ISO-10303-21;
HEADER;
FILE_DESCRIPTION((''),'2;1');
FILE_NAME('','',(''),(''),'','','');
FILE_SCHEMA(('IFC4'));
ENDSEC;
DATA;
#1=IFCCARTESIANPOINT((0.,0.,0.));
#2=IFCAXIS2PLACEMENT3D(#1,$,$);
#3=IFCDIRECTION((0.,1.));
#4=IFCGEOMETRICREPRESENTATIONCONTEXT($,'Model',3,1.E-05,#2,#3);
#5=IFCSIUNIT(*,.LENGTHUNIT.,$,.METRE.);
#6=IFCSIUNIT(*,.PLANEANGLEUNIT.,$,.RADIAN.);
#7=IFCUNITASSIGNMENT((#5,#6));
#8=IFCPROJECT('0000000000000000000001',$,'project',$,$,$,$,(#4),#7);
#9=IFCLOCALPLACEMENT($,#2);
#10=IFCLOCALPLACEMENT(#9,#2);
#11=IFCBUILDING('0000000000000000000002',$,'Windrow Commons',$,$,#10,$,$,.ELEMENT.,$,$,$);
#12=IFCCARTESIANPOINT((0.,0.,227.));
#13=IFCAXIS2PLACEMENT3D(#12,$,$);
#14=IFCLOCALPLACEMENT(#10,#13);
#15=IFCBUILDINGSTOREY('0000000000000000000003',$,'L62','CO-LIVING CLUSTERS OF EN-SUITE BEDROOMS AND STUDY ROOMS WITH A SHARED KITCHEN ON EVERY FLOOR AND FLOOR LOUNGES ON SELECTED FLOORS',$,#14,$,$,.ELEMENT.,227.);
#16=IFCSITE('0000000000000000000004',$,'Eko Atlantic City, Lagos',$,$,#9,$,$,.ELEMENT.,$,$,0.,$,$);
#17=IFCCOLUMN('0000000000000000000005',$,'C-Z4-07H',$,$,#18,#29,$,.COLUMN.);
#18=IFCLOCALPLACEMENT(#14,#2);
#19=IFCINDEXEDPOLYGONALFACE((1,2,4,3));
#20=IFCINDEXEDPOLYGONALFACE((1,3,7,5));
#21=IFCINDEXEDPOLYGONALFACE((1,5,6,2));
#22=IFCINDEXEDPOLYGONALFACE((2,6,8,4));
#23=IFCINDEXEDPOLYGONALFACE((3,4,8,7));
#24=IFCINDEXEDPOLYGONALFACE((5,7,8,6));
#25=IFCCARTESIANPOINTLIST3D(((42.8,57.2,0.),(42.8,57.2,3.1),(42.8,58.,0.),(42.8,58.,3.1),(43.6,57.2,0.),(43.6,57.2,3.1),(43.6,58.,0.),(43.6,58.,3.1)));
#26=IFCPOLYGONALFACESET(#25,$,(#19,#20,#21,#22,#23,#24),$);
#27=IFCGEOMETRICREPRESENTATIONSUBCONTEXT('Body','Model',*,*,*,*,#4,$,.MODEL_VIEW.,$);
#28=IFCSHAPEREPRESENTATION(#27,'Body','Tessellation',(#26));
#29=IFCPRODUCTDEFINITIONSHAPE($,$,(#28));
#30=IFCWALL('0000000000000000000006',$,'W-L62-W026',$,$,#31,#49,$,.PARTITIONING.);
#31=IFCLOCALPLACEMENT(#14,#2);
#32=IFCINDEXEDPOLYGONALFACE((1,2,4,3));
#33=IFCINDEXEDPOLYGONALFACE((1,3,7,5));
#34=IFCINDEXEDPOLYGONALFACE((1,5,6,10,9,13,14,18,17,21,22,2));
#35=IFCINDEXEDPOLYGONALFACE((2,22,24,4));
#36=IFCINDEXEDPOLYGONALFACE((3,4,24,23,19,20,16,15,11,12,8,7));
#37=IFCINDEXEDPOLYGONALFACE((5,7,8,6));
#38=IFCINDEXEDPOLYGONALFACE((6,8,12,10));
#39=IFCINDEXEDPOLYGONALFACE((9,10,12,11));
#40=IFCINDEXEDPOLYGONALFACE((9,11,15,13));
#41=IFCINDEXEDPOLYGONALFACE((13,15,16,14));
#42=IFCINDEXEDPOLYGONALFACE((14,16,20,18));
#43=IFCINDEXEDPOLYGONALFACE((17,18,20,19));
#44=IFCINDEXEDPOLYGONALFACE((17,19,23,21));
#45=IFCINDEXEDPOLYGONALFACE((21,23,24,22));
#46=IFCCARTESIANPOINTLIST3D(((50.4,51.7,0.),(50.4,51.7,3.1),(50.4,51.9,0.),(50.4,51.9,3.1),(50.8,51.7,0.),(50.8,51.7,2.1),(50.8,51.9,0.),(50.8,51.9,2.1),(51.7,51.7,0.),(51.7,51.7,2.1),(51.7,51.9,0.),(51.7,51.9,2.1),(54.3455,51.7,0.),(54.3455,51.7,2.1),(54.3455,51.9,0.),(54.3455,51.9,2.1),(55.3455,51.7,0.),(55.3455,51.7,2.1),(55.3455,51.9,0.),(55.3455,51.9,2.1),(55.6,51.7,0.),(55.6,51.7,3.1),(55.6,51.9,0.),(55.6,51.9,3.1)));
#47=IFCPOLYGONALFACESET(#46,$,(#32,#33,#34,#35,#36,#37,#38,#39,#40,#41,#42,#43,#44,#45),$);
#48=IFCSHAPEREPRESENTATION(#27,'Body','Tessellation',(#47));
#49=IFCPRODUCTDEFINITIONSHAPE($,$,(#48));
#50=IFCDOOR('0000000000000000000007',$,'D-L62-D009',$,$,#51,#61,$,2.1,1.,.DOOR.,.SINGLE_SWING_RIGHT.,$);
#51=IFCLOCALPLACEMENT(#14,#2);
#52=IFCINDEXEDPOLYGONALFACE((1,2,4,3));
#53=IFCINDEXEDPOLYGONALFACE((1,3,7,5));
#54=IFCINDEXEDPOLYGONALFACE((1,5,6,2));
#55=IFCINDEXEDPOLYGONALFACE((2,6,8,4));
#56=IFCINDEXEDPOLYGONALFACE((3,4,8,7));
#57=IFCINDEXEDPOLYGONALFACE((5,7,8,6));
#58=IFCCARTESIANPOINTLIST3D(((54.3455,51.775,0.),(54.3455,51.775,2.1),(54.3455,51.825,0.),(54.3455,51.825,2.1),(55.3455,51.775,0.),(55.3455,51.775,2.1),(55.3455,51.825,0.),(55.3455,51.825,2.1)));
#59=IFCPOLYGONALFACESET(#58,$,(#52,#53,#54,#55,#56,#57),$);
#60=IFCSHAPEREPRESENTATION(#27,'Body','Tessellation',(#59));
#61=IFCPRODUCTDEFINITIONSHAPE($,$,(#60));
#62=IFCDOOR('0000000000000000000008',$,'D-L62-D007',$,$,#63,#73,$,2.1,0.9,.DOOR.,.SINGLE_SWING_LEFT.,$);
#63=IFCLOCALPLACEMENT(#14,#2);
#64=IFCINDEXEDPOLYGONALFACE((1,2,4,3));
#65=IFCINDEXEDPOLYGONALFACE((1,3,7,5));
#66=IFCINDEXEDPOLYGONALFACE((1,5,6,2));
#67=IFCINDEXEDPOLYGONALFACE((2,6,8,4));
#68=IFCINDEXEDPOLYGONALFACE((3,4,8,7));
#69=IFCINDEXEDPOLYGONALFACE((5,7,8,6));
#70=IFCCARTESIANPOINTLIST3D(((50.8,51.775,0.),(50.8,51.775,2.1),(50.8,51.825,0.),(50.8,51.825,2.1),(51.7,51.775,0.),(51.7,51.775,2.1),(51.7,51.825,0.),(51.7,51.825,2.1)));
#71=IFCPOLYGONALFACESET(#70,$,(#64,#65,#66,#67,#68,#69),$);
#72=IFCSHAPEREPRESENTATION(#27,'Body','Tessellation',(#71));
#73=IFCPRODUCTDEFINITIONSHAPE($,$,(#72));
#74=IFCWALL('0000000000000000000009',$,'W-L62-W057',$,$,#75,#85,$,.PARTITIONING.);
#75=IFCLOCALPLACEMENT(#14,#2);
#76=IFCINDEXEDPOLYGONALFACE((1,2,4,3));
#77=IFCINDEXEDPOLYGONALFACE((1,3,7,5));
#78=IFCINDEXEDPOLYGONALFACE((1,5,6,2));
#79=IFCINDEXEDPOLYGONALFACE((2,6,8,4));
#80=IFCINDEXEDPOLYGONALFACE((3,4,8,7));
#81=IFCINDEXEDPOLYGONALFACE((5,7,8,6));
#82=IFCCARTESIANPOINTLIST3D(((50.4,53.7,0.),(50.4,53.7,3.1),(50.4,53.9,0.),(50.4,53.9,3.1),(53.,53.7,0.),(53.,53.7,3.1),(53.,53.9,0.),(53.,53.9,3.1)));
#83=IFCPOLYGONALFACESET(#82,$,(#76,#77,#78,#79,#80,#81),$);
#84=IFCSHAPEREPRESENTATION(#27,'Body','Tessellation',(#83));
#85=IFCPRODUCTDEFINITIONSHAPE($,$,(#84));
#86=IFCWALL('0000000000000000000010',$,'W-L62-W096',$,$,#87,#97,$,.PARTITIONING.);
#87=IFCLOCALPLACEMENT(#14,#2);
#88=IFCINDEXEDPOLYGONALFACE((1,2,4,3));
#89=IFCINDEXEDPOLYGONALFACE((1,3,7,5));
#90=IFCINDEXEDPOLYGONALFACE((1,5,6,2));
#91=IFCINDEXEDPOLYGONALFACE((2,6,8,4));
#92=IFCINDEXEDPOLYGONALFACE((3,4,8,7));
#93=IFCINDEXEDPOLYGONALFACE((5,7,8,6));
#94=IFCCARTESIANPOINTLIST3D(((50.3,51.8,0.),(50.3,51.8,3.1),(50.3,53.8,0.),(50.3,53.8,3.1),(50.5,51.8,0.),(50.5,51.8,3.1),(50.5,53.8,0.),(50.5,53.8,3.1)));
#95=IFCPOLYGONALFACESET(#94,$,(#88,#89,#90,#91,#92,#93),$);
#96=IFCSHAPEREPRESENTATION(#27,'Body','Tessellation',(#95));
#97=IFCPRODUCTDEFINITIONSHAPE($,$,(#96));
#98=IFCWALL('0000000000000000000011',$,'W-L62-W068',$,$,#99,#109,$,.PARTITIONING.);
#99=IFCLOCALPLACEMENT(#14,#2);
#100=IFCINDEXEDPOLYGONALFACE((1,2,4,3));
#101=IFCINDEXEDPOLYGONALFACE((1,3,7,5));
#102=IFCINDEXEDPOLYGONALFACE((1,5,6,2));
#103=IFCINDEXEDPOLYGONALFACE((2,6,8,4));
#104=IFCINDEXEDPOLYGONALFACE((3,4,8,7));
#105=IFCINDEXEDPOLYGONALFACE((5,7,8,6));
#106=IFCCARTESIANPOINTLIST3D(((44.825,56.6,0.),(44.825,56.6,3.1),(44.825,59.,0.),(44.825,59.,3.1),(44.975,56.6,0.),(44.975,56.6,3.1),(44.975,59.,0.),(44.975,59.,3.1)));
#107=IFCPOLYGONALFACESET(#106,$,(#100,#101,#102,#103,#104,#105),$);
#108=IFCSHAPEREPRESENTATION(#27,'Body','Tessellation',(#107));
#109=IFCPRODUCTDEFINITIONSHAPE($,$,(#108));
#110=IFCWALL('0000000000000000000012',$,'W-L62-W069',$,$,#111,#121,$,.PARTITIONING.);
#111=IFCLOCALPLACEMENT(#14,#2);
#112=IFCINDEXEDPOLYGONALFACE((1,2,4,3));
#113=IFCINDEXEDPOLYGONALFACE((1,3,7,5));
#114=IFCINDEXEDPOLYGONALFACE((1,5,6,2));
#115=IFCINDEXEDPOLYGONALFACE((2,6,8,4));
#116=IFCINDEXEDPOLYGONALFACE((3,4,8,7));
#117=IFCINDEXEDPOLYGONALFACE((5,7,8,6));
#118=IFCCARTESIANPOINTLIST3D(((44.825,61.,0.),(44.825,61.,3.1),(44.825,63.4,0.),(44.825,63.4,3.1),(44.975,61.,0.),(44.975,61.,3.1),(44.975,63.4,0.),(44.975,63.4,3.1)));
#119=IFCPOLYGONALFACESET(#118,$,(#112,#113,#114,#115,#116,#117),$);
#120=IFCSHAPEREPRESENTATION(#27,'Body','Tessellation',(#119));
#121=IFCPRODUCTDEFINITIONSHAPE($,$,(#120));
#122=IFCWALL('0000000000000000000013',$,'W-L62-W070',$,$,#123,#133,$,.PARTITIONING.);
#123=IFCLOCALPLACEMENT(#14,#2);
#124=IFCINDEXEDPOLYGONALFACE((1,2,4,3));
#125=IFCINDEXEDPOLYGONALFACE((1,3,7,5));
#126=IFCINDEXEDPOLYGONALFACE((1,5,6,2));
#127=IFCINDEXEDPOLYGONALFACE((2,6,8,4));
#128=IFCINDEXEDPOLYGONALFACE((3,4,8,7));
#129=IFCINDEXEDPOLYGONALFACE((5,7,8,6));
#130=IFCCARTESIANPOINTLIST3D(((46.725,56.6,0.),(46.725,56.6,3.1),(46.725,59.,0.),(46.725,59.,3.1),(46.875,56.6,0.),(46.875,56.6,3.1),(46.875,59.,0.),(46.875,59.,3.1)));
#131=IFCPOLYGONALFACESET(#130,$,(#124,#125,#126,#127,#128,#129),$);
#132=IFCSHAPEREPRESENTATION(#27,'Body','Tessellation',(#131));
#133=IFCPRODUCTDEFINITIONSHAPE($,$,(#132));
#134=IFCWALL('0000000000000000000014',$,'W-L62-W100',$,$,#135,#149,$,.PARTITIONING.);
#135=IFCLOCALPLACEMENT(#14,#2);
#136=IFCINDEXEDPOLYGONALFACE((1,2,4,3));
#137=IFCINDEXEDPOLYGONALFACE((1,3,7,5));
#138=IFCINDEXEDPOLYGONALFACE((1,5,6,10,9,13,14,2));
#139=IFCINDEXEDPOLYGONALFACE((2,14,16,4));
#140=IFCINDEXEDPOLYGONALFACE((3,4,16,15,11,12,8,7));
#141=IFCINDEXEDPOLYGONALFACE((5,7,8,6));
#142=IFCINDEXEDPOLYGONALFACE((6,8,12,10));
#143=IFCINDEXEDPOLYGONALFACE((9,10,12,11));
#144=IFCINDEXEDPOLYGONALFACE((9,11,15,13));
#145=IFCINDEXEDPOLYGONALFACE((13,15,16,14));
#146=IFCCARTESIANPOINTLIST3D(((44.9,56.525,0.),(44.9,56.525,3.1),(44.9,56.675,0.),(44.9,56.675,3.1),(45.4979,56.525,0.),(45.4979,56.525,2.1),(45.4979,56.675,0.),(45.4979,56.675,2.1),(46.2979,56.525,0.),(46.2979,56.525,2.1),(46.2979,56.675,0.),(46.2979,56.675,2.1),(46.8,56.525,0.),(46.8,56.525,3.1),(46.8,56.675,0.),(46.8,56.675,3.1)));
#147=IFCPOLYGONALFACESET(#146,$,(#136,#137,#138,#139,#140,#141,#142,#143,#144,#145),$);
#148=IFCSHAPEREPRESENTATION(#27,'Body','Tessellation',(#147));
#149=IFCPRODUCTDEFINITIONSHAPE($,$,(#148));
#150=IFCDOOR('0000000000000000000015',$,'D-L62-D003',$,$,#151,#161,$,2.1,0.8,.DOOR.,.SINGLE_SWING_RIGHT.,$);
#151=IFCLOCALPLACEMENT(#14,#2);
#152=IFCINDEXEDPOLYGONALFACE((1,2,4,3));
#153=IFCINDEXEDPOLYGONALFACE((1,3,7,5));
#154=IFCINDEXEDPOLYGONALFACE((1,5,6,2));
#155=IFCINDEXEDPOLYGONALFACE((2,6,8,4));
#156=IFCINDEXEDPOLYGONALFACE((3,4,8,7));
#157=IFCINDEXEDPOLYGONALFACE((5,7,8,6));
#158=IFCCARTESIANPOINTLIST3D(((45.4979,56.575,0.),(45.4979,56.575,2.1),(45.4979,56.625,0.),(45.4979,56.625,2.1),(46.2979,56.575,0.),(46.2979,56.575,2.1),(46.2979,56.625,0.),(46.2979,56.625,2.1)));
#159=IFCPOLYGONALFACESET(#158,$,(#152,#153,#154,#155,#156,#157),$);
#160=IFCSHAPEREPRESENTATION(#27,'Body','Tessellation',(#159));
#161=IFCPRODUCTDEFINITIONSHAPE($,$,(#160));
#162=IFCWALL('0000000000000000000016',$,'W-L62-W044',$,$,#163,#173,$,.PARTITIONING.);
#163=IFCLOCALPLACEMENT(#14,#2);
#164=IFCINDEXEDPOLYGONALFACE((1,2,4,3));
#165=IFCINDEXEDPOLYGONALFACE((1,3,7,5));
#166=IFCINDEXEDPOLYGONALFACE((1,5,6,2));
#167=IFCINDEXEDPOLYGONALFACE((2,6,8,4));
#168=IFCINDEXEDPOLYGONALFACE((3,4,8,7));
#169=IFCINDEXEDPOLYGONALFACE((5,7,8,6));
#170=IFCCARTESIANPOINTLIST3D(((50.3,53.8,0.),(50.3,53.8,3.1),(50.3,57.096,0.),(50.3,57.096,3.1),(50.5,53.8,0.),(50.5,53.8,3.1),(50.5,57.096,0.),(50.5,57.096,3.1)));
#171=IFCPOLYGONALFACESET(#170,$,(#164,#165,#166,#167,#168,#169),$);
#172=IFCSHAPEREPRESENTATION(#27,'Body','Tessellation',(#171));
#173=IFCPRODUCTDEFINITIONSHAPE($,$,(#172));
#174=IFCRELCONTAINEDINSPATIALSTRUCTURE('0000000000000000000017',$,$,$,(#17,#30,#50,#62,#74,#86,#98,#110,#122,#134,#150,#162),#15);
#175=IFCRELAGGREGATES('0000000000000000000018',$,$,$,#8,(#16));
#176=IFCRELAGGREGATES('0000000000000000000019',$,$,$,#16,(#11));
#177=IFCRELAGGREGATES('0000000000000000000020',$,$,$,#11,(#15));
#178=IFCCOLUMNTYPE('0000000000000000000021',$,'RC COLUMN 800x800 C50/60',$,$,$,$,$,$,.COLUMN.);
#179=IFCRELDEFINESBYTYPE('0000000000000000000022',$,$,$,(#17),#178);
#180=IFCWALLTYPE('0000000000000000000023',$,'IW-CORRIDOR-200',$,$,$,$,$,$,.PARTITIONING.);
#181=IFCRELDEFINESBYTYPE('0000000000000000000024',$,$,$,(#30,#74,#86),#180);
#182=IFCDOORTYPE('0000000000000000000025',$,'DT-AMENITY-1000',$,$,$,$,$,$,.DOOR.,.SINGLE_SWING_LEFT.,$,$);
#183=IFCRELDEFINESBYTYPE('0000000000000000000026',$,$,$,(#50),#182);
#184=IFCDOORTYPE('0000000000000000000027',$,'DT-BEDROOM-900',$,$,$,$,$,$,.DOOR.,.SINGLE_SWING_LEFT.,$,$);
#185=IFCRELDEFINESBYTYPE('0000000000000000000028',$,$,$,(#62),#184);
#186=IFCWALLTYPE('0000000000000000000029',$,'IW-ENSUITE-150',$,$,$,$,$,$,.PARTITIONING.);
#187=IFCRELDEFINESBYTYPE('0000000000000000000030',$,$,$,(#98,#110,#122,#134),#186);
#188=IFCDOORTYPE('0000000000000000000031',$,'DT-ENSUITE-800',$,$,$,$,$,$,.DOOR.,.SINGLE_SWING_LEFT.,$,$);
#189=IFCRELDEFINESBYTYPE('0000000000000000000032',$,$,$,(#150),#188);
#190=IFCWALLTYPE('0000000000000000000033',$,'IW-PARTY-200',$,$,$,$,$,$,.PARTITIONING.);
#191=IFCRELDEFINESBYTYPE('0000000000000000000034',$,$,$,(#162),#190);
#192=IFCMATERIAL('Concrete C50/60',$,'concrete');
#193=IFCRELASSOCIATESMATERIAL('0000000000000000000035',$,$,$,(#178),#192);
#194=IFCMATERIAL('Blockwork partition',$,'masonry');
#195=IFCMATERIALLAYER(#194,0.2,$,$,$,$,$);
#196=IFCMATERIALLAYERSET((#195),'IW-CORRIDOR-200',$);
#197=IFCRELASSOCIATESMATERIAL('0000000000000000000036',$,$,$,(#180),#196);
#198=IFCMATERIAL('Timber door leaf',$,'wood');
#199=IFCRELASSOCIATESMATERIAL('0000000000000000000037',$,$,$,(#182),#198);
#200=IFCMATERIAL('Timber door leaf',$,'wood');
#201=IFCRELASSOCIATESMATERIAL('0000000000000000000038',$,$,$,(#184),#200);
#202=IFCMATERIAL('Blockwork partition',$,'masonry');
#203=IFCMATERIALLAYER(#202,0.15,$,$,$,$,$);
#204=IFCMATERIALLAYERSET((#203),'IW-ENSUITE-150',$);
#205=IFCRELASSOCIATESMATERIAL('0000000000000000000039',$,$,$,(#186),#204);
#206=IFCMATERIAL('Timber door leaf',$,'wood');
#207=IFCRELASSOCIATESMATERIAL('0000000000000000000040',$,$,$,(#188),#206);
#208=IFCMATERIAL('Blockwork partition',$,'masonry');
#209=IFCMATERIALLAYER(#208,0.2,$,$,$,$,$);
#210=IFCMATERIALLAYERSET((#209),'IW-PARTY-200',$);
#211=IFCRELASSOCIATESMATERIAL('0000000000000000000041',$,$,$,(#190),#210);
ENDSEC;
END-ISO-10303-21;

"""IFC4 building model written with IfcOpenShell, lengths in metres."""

from ifc_helpers import new_model, si_unit, direction, frame, frame_2d, origin, origin_2d, place, context, subcontext, project, spatial, rectangle, extrude, material, layer, layer_set, material_profile, profile_set, type_object, element, fill, save


model = new_model("IFC4")

# Units and contexts
model_context = context("Model", 3, precision=1e-05, world=origin(), true_north=direction((0.0, 1.0)))
body_context = subcontext(model_context, "Body", "Model", "MODEL_VIEW")
ifc_project = project(units=[si_unit("LENGTHUNIT", "METRE"), si_unit("PLANEANGLEUNIT", "RADIAN")], contexts=[model_context])

# Site, building, storey
site_placement = place(None, origin())
site = spatial("IfcSite", under=ifc_project, at=site_placement, Name="Eko Atlantic City, Lagos", CompositionType="ELEMENT", RefElevation=0.0)
building_placement = place(site_placement, origin())
building = spatial("IfcBuilding", under=site, at=building_placement, Name="Windrow Commons", CompositionType="ELEMENT")
storey_placement = place(building_placement, frame((0.0, 0.0, 227.0)))
storey = spatial("IfcBuildingStorey", under=building, at=storey_placement, Name="L62", Description="CO-LIVING CLUSTERS OF EN-SUITE BEDROOMS AND STUDY ROOMS WITH A SHARED KITCHEN ON EVERY FLOOR AND FLOOR LOUNGES ON SELECTED FLOORS", CompositionType="ELEMENT", Elevation=227.0)

# Column
ifc_material_1 = material(Name="Concrete C50/60", Category="concrete")
ifc_material_profile = material_profile(ifc_material_1, rectangle(XDim=0.8, YDim=0.8, at=origin_2d()))
ifc_profile_set = profile_set([ifc_material_profile], Name="Concrete C50/60")
column_type = type_object("IfcColumnType", Name="RC COLUMN 800x800 C50/60", PredefinedType="COLUMN", material=ifc_profile_set)
column_placement = place(storey_placement, frame((43.2, 57.6, 0.0), z_axis=(0.0, 0.0, 1.0), x_axis=(1.0, 0.0, 0.0)))
element("IfcColumn", 1, at=column_placement, inside=storey, type_object=column_type, Name="C-Z4-07H", PredefinedType="COLUMN", context=body_context, shape_type="SweptSolid", body=[
    extrude(rectangle(XDim=0.8, YDim=0.8, at=origin_2d()), origin(), (0.0, 0.0, 1.0), 3.1),
])

# Wall, openings, doors
ifc_material_2 = material(Name="Blockwork partition", Category="masonry")
ifc_layer_1 = layer(ifc_material_2, 0.2)
ifc_layer_set_1 = layer_set([ifc_layer_1], Name="IW-CORRIDOR-200")
wall_type_1 = type_object("IfcWallType", Name="IW-CORRIDOR-200", PredefinedType="PARTITIONING", material=ifc_layer_set_1)
wall_1_placement = place(storey_placement, frame((50.4, 51.8, 0.0), z_axis=(0.0, 0.0, 1.0), x_axis=(1.0, 0.0, 0.0)))
wall_1 = element("IfcWall", 2, at=wall_1_placement, inside=storey, type_object=wall_type_1, Name="W-L62-W026", PredefinedType="PARTITIONING", context=body_context, shape_type="SweptSolid", body=[
    extrude(rectangle(XDim=5.2, YDim=0.2, at=frame_2d((2.6, 0.0))), origin(), (0.0, 0.0, 1.0), 3.1),
])
opening_1_placement = place(wall_1_placement, frame((0.4, 0.0, 0.0)))
opening_1 = element("IfcOpeningElement", 3, at=opening_1_placement, cuts=wall_1, PredefinedType="OPENING", context=body_context, shape_type="SweptSolid", body=[
    extrude(rectangle(XDim=0.9, YDim=2.1, at=frame_2d((0.45, 1.05))), frame((0.0, 0.11, 0.0), z_axis=(0.0, -1.0, 0.0), x_axis=(1.0, 0.0, 0.0)), (0.0, 0.0, 1.0), 0.22),
])
opening_2_placement = place(wall_1_placement, frame((3.9455, 0.0, 0.0)))
opening_2 = element("IfcOpeningElement", 4, at=opening_2_placement, cuts=wall_1, PredefinedType="OPENING", context=body_context, shape_type="SweptSolid", body=[
    extrude(rectangle(XDim=1.0, YDim=2.1, at=frame_2d((0.5, 1.05))), frame((0.0, 0.11, 0.0), z_axis=(0.0, -1.0, 0.0), x_axis=(1.0, 0.0, 0.0)), (0.0, 0.0, 1.0), 0.22),
])
ifc_material_3 = material(Name="Timber door leaf", Category="wood")
door_type_1 = type_object("IfcDoorType", Name="DT-AMENITY-1000", OperationType="SINGLE_SWING_LEFT", PredefinedType="DOOR", material=ifc_material_3)
door_1_placement = place(opening_2_placement, origin())
door_1 = element("IfcDoor", 5, at=door_1_placement, inside=storey, type_object=door_type_1, Name="D-L62-D009", OperationType="SINGLE_SWING_RIGHT", OverallHeight=2.1, OverallWidth=1.0, PredefinedType="DOOR", context=body_context, shape_type="SweptSolid", body=[
    extrude(rectangle(XDim=1.0, YDim=2.1, at=frame_2d((0.5, 1.05))), frame((0.0, 0.025, 0.0), z_axis=(0.0, -1.0, 0.0), x_axis=(1.0, 0.0, 0.0)), (0.0, 0.0, 1.0), 0.05),
])
fill(opening_2, door_1)
ifc_material_4 = material(Name="Timber door leaf", Category="wood")
door_type_2 = type_object("IfcDoorType", Name="DT-BEDROOM-900", OperationType="SINGLE_SWING_LEFT", PredefinedType="DOOR", material=ifc_material_4)
door_2_placement = place(opening_1_placement, origin())
door_2 = element("IfcDoor", 6, at=door_2_placement, inside=storey, type_object=door_type_2, Name="D-L62-D007", OperationType="SINGLE_SWING_LEFT", OverallHeight=2.1, OverallWidth=0.9, PredefinedType="DOOR", context=body_context, shape_type="SweptSolid", body=[
    extrude(rectangle(XDim=0.9, YDim=2.1, at=frame_2d((0.45, 1.05))), frame((0.0, 0.025, 0.0), z_axis=(0.0, -1.0, 0.0), x_axis=(1.0, 0.0, 0.0)), (0.0, 0.0, 1.0), 0.05),
])
fill(opening_1, door_2)

# Walls
wall_2_placement = place(storey_placement, frame((50.4, 53.8, 0.0), z_axis=(0.0, 0.0, 1.0), x_axis=(1.0, 0.0, 0.0)))
element("IfcWall", 7, at=wall_2_placement, inside=storey, type_object=wall_type_1, Name="W-L62-W057", PredefinedType="PARTITIONING", context=body_context, shape_type="SweptSolid", body=[
    extrude(rectangle(XDim=2.6, YDim=0.2, at=frame_2d((1.3, 0.0))), origin(), (0.0, 0.0, 1.0), 3.1),
])
wall_3_placement = place(storey_placement, frame((50.4, 51.8, 0.0), z_axis=(0.0, 0.0, 1.0), x_axis=(0.0, 1.0, 0.0)))
element("IfcWall", 8, at=wall_3_placement, inside=storey, type_object=wall_type_1, Name="W-L62-W096", PredefinedType="PARTITIONING", context=body_context, shape_type="SweptSolid", body=[
    extrude(rectangle(XDim=2.0, YDim=0.2, at=frame_2d((1.0, 0.0))), origin(), (0.0, 0.0, 1.0), 3.1),
])
ifc_material_5 = material(Name="Blockwork partition", Category="masonry")
ifc_layer_2 = layer(ifc_material_5, 0.15)
ifc_layer_set_2 = layer_set([ifc_layer_2], Name="IW-ENSUITE-150")
wall_type_2 = type_object("IfcWallType", Name="IW-ENSUITE-150", PredefinedType="PARTITIONING", material=ifc_layer_set_2)
for number, where, z_axis, x_axis, name in (
    (9, (44.9, 56.6, 0.0), (0.0, 0.0, 1.0), (0.0, 1.0, 0.0), "W-L62-W068"),
    (10, (44.9, 61.0, 0.0), (0.0, 0.0, 1.0), (0.0, 1.0, 0.0), "W-L62-W069"),
    (11, (46.8, 56.6, 0.0), (0.0, 0.0, 1.0), (0.0, 1.0, 0.0), "W-L62-W070"),
):
    element("IfcWall", number, at=place(storey_placement, frame(where, z_axis=z_axis, x_axis=x_axis)), inside=storey, type_object=wall_type_2, Name=name, PredefinedType="PARTITIONING", context=body_context, shape_type="SweptSolid", body=[
        extrude(rectangle(XDim=2.4, YDim=0.15, at=frame_2d((1.2, 0.0))), origin(), (0.0, 0.0, 1.0), 3.1),
    ])

# Wall, opening, door
wall_4_placement = place(storey_placement, frame((44.9, 56.6, 0.0), z_axis=(0.0, 0.0, 1.0), x_axis=(1.0, 0.0, 0.0)))
wall_4 = element("IfcWall", 12, at=wall_4_placement, inside=storey, type_object=wall_type_2, Name="W-L62-W100", PredefinedType="PARTITIONING", context=body_context, shape_type="SweptSolid", body=[
    extrude(rectangle(XDim=1.9, YDim=0.15, at=frame_2d((0.95, 0.0))), origin(), (0.0, 0.0, 1.0), 3.1),
])
opening_3_placement = place(wall_4_placement, frame((0.5979, 0.0, 0.0)))
opening_3 = element("IfcOpeningElement", 13, at=opening_3_placement, cuts=wall_4, PredefinedType="OPENING", context=body_context, shape_type="SweptSolid", body=[
    extrude(rectangle(XDim=0.8, YDim=2.1, at=frame_2d((0.4, 1.05))), frame((0.0, 0.085, 0.0), z_axis=(0.0, -1.0, 0.0), x_axis=(1.0, 0.0, 0.0)), (0.0, 0.0, 1.0), 0.17),
])
ifc_material_6 = material(Name="Timber door leaf", Category="wood")
door_type_3 = type_object("IfcDoorType", Name="DT-ENSUITE-800", OperationType="SINGLE_SWING_LEFT", PredefinedType="DOOR", material=ifc_material_6)
door_3_placement = place(opening_3_placement, origin())
door_3 = element("IfcDoor", 14, at=door_3_placement, inside=storey, type_object=door_type_3, Name="D-L62-D003", OperationType="SINGLE_SWING_RIGHT", OverallHeight=2.1, OverallWidth=0.8, PredefinedType="DOOR", context=body_context, shape_type="SweptSolid", body=[
    extrude(rectangle(XDim=0.8, YDim=2.1, at=frame_2d((0.4, 1.05))), frame((0.0, 0.025, 0.0), z_axis=(0.0, -1.0, 0.0), x_axis=(1.0, 0.0, 0.0)), (0.0, 0.0, 1.0), 0.05),
])
fill(opening_3, door_3)

# Wall
ifc_material_7 = material(Name="Blockwork partition", Category="masonry")
ifc_layer_3 = layer(ifc_material_7, 0.2)
ifc_layer_set_3 = layer_set([ifc_layer_3], Name="IW-PARTY-200")
wall_type_3 = type_object("IfcWallType", Name="IW-PARTY-200", PredefinedType="PARTITIONING", material=ifc_layer_set_3)
wall_5_placement = place(storey_placement, frame((50.4, 53.8, 0.0), z_axis=(0.0, 0.0, 1.0), x_axis=(0.0, 1.0, 0.0)))
element("IfcWall", 15, at=wall_5_placement, inside=storey, type_object=wall_type_3, Name="W-L62-W044", PredefinedType="PARTITIONING", context=body_context, shape_type="SweptSolid", body=[
    extrude(rectangle(XDim=3.296, YDim=0.2, at=frame_2d((1.648, 0.0))), origin(), (0.0, 0.0, 1.0), 3.1),
])

save(model, "model.ifc")
